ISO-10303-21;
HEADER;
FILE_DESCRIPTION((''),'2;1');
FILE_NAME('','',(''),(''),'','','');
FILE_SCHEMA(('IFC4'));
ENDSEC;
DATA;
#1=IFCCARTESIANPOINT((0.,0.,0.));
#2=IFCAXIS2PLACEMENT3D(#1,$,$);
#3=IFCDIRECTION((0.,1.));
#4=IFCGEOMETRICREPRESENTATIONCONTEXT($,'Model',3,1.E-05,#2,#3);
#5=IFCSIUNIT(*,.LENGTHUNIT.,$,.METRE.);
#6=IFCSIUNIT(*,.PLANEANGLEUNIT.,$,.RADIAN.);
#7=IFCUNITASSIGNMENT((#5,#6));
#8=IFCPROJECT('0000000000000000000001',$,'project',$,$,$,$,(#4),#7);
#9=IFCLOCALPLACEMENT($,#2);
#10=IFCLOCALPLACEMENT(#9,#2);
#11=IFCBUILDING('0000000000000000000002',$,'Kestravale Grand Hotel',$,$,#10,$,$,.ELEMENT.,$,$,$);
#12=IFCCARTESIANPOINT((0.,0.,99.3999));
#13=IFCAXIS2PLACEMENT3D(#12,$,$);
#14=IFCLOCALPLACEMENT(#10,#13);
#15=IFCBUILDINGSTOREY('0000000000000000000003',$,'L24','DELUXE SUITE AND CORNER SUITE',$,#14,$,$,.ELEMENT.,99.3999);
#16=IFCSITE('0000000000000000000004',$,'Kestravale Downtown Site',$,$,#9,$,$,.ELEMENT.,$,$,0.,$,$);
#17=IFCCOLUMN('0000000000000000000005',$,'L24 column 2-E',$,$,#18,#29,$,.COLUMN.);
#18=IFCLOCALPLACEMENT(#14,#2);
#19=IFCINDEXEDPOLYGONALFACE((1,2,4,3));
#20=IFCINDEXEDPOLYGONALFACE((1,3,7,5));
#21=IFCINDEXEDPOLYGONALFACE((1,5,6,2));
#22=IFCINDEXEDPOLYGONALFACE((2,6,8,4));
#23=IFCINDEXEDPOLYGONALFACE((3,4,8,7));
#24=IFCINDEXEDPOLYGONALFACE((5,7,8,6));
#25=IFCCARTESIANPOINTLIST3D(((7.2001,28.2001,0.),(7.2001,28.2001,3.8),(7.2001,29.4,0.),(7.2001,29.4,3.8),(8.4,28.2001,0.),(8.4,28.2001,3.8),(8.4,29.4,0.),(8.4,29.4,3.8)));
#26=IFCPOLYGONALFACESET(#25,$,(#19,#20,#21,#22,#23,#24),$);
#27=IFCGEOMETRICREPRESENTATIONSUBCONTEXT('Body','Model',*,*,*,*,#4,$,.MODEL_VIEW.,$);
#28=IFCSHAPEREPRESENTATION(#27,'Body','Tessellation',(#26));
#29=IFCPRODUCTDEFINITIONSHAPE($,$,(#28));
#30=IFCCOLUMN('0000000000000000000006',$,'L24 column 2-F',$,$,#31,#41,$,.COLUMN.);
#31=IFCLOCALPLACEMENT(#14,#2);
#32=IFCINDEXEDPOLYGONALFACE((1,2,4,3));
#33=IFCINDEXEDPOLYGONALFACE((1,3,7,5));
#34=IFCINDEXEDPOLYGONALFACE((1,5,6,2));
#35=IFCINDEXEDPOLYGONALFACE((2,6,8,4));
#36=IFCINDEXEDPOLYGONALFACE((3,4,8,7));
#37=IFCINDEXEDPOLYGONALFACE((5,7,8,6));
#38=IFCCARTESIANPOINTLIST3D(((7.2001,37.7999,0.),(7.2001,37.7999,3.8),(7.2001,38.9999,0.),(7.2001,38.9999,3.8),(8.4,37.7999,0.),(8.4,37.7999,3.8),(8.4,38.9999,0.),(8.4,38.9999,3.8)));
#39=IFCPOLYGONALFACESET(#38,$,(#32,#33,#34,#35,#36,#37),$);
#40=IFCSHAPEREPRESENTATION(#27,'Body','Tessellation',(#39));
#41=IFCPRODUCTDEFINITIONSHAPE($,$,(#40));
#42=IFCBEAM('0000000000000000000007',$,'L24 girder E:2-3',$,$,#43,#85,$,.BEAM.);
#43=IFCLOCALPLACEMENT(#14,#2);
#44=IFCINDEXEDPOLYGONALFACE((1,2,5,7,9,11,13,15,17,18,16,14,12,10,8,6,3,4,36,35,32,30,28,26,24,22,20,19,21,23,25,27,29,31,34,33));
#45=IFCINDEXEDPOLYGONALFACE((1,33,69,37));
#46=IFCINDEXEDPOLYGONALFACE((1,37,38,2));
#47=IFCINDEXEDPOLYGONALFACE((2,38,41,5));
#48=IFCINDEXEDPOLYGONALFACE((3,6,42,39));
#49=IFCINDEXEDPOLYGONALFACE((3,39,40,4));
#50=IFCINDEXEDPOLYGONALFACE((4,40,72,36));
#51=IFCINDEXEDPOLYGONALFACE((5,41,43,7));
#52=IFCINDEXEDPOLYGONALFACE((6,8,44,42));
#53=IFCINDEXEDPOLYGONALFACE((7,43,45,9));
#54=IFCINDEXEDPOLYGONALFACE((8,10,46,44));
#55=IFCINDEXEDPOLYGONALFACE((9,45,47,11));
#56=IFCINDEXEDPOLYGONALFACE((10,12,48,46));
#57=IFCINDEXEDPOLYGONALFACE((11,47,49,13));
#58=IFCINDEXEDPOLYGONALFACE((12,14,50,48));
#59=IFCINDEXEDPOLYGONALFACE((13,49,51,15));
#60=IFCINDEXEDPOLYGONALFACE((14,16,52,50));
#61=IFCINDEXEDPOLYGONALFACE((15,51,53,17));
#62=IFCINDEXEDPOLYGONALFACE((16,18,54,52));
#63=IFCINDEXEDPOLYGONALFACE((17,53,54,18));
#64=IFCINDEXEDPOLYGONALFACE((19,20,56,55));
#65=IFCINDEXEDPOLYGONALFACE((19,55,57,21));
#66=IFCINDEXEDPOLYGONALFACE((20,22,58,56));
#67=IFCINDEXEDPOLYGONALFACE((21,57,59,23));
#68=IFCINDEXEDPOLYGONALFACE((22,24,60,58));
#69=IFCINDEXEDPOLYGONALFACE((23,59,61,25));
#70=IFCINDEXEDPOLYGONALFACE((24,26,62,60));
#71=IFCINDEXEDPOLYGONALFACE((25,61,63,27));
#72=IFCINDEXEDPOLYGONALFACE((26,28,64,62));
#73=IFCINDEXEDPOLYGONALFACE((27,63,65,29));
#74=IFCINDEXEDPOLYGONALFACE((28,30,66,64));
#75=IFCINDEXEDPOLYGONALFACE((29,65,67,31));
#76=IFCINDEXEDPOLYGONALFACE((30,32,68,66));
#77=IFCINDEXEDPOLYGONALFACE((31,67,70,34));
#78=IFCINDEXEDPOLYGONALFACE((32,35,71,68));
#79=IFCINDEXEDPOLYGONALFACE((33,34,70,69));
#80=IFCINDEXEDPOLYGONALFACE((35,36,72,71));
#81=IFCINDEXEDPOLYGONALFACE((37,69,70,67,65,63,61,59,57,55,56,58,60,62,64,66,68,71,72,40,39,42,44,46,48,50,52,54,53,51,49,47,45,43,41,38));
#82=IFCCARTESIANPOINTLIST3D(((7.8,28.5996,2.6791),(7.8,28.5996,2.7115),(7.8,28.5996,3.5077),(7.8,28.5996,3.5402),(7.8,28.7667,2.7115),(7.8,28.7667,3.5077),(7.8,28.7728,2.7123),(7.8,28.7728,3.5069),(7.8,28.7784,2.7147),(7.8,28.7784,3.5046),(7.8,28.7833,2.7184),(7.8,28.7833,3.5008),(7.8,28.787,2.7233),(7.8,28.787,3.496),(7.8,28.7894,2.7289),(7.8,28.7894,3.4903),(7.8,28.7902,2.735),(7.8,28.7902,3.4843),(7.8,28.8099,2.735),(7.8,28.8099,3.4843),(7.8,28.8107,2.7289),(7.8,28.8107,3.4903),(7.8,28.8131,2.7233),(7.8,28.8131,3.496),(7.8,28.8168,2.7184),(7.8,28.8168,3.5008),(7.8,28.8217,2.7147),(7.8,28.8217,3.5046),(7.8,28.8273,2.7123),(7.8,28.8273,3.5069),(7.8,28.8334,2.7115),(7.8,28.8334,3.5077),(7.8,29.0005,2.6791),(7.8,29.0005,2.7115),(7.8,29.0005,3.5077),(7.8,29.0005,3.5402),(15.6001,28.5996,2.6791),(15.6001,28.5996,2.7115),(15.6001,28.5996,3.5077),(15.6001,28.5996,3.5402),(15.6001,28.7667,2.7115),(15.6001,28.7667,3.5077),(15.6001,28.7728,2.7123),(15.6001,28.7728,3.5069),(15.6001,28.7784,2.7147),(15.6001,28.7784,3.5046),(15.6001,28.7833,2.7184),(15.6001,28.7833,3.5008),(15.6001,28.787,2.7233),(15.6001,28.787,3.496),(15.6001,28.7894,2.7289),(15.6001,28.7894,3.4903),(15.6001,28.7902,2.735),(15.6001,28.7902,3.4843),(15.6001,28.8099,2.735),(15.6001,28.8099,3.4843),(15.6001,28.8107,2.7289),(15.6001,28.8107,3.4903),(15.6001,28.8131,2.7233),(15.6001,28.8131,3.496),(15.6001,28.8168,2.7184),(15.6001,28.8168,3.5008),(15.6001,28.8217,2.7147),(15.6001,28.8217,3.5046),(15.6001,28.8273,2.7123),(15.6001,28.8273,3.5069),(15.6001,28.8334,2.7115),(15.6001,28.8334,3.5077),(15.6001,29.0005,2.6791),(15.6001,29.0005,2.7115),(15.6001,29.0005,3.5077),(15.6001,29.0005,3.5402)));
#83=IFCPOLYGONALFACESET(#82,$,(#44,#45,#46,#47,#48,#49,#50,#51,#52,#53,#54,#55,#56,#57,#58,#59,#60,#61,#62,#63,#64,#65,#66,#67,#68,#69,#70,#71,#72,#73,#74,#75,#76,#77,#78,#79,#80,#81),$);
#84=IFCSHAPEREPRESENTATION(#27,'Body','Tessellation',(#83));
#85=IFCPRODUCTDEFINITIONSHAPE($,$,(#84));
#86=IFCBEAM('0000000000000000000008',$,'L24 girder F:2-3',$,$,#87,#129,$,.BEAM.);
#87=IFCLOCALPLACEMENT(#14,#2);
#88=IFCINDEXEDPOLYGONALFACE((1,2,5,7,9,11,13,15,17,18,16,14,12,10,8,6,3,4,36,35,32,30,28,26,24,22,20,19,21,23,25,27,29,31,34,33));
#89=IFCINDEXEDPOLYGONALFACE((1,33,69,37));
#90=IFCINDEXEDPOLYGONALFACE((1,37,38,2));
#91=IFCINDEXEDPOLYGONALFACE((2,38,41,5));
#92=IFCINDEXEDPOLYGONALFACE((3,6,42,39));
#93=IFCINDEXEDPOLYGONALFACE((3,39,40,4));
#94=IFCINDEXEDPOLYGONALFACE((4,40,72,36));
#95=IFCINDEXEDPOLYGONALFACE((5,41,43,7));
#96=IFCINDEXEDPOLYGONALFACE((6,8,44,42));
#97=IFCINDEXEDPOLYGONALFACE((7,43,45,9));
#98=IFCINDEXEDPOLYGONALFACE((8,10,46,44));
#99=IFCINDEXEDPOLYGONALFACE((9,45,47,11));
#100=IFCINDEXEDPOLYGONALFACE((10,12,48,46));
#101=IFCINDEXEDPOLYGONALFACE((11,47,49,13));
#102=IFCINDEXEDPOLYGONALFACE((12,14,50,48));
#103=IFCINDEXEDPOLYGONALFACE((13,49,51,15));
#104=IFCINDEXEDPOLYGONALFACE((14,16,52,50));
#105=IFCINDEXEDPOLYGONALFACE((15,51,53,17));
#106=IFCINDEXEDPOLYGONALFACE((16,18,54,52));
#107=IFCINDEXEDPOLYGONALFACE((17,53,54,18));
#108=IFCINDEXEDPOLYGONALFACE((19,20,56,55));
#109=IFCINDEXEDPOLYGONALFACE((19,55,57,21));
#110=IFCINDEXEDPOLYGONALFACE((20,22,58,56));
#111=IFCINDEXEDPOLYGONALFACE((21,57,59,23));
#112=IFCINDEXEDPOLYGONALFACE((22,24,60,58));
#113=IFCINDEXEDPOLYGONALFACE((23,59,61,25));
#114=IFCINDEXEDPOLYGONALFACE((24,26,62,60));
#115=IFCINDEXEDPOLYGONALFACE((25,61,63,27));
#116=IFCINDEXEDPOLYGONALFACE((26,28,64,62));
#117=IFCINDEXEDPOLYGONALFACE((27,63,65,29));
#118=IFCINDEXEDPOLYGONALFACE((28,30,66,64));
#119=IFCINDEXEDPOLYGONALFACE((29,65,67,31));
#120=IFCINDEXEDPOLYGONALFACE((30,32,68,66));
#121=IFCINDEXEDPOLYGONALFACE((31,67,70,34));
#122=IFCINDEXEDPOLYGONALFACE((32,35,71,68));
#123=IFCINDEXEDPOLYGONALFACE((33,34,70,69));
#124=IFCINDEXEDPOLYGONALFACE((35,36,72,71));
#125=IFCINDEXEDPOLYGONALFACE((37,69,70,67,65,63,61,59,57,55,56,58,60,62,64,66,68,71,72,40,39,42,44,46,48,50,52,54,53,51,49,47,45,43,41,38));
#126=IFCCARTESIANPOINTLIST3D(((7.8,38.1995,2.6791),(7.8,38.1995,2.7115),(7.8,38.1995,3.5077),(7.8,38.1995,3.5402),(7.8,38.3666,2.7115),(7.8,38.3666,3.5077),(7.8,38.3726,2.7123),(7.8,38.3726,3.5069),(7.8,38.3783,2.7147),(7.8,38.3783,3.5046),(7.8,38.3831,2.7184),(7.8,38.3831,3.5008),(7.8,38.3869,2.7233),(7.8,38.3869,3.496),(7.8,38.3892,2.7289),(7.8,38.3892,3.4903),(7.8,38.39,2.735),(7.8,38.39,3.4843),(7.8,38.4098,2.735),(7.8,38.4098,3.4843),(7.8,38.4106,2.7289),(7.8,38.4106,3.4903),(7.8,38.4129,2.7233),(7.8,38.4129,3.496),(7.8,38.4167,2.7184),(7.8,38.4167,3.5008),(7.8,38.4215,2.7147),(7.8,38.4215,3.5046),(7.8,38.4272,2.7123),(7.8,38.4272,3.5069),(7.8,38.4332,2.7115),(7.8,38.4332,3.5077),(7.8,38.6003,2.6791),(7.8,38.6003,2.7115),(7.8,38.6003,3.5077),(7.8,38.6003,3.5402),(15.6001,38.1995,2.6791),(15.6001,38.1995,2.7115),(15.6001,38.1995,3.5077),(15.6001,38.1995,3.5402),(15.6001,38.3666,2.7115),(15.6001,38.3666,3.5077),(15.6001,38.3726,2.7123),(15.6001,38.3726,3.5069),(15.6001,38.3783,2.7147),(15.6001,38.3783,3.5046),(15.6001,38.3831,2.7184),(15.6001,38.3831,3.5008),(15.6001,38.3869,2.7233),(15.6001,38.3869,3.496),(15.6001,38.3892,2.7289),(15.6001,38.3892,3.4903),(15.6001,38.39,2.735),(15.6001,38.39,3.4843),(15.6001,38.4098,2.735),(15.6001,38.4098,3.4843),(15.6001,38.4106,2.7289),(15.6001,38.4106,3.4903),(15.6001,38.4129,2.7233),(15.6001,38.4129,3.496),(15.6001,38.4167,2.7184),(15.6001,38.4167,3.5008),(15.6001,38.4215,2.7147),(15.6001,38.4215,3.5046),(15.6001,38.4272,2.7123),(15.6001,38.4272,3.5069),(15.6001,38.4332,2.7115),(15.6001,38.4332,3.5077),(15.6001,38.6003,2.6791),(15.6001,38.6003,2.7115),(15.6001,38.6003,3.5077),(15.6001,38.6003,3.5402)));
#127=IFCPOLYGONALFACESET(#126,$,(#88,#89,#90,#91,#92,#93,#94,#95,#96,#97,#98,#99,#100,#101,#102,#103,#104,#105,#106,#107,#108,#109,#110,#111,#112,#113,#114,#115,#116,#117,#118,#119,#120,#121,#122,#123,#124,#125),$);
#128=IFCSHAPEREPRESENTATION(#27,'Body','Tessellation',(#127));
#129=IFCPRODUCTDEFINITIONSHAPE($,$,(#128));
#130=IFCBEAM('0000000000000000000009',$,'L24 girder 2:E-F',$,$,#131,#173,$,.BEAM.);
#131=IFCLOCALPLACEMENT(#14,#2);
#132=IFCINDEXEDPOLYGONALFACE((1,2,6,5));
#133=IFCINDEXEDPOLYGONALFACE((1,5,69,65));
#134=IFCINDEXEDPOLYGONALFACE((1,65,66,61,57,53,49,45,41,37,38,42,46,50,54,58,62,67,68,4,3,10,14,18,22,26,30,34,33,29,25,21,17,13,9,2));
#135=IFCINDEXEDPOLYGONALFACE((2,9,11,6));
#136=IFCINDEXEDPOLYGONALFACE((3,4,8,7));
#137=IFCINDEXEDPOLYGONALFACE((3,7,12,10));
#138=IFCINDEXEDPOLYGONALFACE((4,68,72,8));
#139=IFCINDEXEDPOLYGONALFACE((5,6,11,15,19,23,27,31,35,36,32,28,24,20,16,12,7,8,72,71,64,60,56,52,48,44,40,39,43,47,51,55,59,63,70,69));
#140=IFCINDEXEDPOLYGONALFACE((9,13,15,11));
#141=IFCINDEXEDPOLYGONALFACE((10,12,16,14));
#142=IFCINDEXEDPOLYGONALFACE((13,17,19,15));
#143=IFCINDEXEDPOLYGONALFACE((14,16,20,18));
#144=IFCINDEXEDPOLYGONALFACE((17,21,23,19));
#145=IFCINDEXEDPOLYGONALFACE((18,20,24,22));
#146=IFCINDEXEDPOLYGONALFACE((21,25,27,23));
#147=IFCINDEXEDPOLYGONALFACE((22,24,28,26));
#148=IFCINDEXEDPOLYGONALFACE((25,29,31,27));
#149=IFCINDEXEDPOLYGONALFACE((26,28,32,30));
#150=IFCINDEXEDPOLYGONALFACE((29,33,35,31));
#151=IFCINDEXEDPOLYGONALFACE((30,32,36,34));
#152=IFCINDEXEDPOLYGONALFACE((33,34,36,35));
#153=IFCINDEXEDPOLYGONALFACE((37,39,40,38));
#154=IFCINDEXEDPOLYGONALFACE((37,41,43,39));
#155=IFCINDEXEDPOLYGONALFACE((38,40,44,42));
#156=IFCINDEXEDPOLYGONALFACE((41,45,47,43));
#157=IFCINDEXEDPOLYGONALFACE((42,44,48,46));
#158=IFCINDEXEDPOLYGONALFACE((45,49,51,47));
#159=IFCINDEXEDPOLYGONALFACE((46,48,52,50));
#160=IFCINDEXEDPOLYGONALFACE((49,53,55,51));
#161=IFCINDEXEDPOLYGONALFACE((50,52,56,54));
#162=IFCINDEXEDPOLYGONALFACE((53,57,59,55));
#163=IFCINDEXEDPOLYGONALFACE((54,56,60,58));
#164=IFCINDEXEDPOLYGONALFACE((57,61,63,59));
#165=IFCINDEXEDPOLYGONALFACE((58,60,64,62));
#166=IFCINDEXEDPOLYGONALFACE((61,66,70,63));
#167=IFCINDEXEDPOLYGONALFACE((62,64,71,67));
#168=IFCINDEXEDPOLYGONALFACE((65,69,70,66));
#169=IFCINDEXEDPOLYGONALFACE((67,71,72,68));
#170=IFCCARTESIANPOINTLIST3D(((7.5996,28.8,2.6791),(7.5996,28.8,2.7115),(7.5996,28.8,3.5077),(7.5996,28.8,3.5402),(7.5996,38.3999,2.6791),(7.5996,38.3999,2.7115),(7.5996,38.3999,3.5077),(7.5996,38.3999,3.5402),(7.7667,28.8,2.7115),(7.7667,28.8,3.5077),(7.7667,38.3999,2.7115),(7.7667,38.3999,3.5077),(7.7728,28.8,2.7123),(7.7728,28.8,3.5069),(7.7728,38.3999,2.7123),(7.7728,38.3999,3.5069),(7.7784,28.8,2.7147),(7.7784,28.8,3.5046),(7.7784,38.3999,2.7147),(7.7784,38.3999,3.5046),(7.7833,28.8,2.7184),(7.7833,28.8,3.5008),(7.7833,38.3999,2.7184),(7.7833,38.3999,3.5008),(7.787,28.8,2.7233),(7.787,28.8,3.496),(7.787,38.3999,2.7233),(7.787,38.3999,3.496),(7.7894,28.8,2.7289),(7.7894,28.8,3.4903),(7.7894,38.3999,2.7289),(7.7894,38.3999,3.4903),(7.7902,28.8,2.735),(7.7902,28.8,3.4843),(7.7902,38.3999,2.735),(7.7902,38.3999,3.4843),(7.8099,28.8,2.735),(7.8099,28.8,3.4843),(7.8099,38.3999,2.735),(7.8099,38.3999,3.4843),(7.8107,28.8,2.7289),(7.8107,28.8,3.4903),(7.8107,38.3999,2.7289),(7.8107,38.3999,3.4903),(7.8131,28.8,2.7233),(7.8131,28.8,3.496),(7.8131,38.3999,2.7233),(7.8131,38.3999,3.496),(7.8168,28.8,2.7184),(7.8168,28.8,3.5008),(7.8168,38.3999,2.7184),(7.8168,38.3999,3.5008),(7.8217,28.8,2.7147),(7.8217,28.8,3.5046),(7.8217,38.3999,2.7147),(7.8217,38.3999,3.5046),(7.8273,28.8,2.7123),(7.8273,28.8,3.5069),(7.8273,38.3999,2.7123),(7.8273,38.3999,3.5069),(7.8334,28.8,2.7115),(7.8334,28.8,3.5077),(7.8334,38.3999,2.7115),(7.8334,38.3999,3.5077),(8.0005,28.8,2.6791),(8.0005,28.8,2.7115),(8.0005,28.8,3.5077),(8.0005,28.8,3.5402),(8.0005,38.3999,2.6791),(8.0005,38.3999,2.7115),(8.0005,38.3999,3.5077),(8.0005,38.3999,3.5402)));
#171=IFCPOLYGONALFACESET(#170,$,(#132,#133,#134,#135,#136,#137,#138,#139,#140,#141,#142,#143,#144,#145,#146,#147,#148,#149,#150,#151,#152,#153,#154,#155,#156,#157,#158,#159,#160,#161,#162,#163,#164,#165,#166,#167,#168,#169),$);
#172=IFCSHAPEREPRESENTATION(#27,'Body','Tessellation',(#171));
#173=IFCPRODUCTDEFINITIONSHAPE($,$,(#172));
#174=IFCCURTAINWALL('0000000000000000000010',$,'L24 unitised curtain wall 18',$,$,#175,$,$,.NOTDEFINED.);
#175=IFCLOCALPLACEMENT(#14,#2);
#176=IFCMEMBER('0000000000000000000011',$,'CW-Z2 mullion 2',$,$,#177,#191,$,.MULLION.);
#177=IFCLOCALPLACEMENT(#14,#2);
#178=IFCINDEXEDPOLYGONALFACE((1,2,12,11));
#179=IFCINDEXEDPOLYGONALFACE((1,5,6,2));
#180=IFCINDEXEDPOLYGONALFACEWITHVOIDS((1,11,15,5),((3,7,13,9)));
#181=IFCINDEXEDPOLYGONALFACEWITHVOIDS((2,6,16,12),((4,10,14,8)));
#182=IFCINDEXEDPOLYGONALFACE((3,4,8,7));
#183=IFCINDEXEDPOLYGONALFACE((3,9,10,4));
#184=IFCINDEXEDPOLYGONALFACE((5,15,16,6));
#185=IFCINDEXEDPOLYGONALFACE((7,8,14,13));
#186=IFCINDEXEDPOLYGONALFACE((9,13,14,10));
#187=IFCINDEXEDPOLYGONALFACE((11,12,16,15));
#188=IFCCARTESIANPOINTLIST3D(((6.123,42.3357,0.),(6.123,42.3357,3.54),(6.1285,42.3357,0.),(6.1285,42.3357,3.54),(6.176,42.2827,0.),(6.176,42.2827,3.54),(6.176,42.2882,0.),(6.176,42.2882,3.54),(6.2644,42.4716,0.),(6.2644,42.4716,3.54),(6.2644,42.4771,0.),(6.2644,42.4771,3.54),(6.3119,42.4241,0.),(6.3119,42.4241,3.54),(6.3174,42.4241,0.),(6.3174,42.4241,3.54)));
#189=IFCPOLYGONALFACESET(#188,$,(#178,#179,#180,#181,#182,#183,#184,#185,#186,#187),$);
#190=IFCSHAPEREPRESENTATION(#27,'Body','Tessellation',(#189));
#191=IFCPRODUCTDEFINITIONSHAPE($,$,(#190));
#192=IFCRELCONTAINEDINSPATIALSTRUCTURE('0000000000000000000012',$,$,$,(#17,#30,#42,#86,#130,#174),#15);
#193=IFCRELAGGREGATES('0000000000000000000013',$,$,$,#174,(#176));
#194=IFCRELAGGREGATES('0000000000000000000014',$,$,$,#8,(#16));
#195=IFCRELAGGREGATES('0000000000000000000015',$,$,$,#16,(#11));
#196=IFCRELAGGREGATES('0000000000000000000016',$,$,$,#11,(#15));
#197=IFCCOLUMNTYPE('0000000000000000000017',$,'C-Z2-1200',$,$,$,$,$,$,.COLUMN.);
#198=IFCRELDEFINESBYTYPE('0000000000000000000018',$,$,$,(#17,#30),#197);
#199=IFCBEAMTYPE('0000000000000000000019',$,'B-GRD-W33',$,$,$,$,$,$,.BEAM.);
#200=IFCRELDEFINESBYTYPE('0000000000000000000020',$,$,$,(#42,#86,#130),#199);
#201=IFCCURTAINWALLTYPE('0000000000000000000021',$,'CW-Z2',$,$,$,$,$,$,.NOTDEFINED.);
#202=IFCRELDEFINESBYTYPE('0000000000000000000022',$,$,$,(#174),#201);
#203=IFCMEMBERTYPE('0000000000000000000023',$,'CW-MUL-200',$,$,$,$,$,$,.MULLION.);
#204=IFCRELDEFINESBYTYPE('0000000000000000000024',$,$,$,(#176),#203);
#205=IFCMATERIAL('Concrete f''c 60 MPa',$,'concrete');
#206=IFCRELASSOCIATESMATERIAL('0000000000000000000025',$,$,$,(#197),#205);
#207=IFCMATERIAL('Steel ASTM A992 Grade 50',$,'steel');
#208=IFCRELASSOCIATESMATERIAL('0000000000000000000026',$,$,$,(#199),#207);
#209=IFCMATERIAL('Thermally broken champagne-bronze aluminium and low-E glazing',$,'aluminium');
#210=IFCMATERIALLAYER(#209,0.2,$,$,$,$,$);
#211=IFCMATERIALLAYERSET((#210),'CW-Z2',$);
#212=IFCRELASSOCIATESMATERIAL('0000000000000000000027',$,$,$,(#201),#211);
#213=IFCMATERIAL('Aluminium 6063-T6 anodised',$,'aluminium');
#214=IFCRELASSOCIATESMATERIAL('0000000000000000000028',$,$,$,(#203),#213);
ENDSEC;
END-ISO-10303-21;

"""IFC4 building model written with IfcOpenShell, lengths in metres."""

from ifc_helpers import new_model, si_unit, direction, frame, origin, origin_2d, place, context, subcontext, project, spatial, rectangle, hollow_rectangle, i_section, extrude, material, layer, layer_set, material_profile, profile_set, type_object, element, aggregate, save


model = new_model("IFC4")

# Units and contexts
model_context = context("Model", 3, precision=1e-05, world=origin(), true_north=direction((0.0, 1.0)))
body_context = subcontext(model_context, "Body", "Model", "MODEL_VIEW")
ifc_project = project(units=[si_unit("LENGTHUNIT", "METRE"), si_unit("PLANEANGLEUNIT", "RADIAN")], contexts=[model_context])

# Site, building, storey
site_placement = place(None, origin())
site = spatial("IfcSite", under=ifc_project, at=site_placement, Name="Kestravale Downtown Site", CompositionType="ELEMENT", RefElevation=0.0)
building_placement = place(site_placement, origin())
building = spatial("IfcBuilding", under=site, at=building_placement, Name="Kestravale Grand Hotel", CompositionType="ELEMENT")
storey_placement = place(building_placement, frame((0.0, 0.0, 99.3999)))
storey = spatial("IfcBuildingStorey", under=building, at=storey_placement, Name="L24", Description="DELUXE SUITE AND CORNER SUITE", CompositionType="ELEMENT", Elevation=99.3999)

# Columns
ifc_material_1 = material(Name="Concrete f'c 60 MPa", Category="concrete")
ifc_material_profile_1 = material_profile(ifc_material_1, rectangle(XDim=1.2, YDim=1.2, at=origin_2d()))
ifc_profile_set_1 = profile_set([ifc_material_profile_1], Name="Concrete f'c 60 MPa")
column_type = type_object("IfcColumnType", Name="C-Z2-1200", PredefinedType="COLUMN", material=ifc_profile_set_1)
for number, where, z_axis, x_axis, name in (
    (1, (7.8, 28.8, 0.0), (0.0, 0.0, 1.0), (1.0, 0.0, 0.0), "L24 column 2-E"),
    (2, (7.8, 38.3999, 0.0), (0.0, 0.0, 1.0), (1.0, 0.0, 0.0), "L24 column 2-F"),
):
    element("IfcColumn", number, at=place(storey_placement, frame(where, z_axis=z_axis, x_axis=x_axis)), inside=storey, type_object=column_type, Name=name, PredefinedType="COLUMN", context=body_context, shape_type="SweptSolid", body=[
        extrude(rectangle(XDim=1.2, YDim=1.2, at=origin_2d()), origin(), (0.0, 0.0, 1.0), 3.8),
    ])

# Beams
ifc_material_2 = material(Name="Steel ASTM A992 Grade 50", Category="steel")
ifc_material_profile_2 = material_profile(ifc_material_2, i_section(OverallWidth=0.4009, OverallDepth=0.8611, WebThickness=0.0198, FlangeThickness=0.0325, FilletRadius=0.0234, at=origin_2d()))
ifc_profile_set_2 = profile_set([ifc_material_profile_2], Name="Steel ASTM A992 Grade 50")
beam_type = type_object("IfcBeamType", Name="B-GRD-W33", PredefinedType="BEAM", material=ifc_profile_set_2)
for number, where, z_axis, x_axis, name in (
    (3, (7.8, 28.8, 3.1096), (1.0, 0.0, 0.0), (0.0, 1.0, 0.0), "L24 girder E:2-3"),
    (4, (7.8, 38.3999, 3.1096), (1.0, 0.0, 0.0), (0.0, 1.0, 0.0), "L24 girder F:2-3"),
):
    element("IfcBeam", number, at=place(storey_placement, frame(where, z_axis=z_axis, x_axis=x_axis)), inside=storey, type_object=beam_type, Name=name, PredefinedType="BEAM", context=body_context, shape_type="SweptSolid", body=[
        extrude(i_section(OverallWidth=0.4009, OverallDepth=0.8611, WebThickness=0.0198, FlangeThickness=0.0325, FilletRadius=0.0234, at=origin_2d()), origin(), (0.0, 0.0, 1.0), 7.8),
    ])
beam_placement = place(storey_placement, frame((7.8, 28.8, 3.1096), z_axis=(0.0, 1.0, 0.0), x_axis=(-1.0, 0.0, 0.0)))
element("IfcBeam", 5, at=beam_placement, inside=storey, type_object=beam_type, Name="L24 girder 2:E-F", PredefinedType="BEAM", context=body_context, shape_type="SweptSolid", body=[
    extrude(i_section(OverallWidth=0.4009, OverallDepth=0.8611, WebThickness=0.0198, FlangeThickness=0.0325, FilletRadius=0.0234, at=origin_2d()), origin(), (0.0, 0.0, 1.0), 9.5999),
])

# Curtain wall, member
ifc_material_3 = material(Name="Thermally broken champagne-bronze aluminium and low-E glazing", Category="aluminium")
ifc_layer_1 = layer(ifc_material_3, 0.2)
ifc_layer_set_1 = layer_set([ifc_layer_1], Name="CW-Z2")
curtain_wall_type = type_object("IfcCurtainWallType", Name="CW-Z2", PredefinedType="NOTDEFINED", material=ifc_layer_set_1)
curtain_wall_placement = place(storey_placement, origin())
curtain_wall = element("IfcCurtainWall", 6, at=curtain_wall_placement, inside=storey, type_object=curtain_wall_type, Name="L24 unitised curtain wall 18", PredefinedType="NOTDEFINED")
ifc_material_4 = material(Name="Aluminium 6063-T6 anodised", Category="aluminium")
ifc_material_profile_3 = material_profile(ifc_material_4, hollow_rectangle(XDim=0.075, YDim=0.2, WallThickness=0.0039, at=origin_2d()))
ifc_profile_set_3 = profile_set([ifc_material_profile_3], Name="Aluminium 6063-T6 anodised")
member_type_1 = type_object("IfcMemberType", Name="CW-MUL-200", PredefinedType="MULLION", material=ifc_profile_set_3)
member_1_placement = place(storey_placement, frame((6.2202, 42.3799, 0.0), z_axis=(0.0, 0.0, 1.0), x_axis=(0.707107, -0.707107, 0.0)))
member_1 = element("IfcMember", 7, at=member_1_placement, type_object=member_type_1, Name="CW-Z2 mullion 2", PredefinedType="MULLION", context=body_context, shape_type="SweptSolid", body=[
    extrude(hollow_rectangle(XDim=0.075, YDim=0.2, WallThickness=0.0039, at=origin_2d()), origin(), (0.0, 0.0, 1.0), 3.54),
])
aggregate(curtain_wall, [member_1])

save(model, "model.ifc")
